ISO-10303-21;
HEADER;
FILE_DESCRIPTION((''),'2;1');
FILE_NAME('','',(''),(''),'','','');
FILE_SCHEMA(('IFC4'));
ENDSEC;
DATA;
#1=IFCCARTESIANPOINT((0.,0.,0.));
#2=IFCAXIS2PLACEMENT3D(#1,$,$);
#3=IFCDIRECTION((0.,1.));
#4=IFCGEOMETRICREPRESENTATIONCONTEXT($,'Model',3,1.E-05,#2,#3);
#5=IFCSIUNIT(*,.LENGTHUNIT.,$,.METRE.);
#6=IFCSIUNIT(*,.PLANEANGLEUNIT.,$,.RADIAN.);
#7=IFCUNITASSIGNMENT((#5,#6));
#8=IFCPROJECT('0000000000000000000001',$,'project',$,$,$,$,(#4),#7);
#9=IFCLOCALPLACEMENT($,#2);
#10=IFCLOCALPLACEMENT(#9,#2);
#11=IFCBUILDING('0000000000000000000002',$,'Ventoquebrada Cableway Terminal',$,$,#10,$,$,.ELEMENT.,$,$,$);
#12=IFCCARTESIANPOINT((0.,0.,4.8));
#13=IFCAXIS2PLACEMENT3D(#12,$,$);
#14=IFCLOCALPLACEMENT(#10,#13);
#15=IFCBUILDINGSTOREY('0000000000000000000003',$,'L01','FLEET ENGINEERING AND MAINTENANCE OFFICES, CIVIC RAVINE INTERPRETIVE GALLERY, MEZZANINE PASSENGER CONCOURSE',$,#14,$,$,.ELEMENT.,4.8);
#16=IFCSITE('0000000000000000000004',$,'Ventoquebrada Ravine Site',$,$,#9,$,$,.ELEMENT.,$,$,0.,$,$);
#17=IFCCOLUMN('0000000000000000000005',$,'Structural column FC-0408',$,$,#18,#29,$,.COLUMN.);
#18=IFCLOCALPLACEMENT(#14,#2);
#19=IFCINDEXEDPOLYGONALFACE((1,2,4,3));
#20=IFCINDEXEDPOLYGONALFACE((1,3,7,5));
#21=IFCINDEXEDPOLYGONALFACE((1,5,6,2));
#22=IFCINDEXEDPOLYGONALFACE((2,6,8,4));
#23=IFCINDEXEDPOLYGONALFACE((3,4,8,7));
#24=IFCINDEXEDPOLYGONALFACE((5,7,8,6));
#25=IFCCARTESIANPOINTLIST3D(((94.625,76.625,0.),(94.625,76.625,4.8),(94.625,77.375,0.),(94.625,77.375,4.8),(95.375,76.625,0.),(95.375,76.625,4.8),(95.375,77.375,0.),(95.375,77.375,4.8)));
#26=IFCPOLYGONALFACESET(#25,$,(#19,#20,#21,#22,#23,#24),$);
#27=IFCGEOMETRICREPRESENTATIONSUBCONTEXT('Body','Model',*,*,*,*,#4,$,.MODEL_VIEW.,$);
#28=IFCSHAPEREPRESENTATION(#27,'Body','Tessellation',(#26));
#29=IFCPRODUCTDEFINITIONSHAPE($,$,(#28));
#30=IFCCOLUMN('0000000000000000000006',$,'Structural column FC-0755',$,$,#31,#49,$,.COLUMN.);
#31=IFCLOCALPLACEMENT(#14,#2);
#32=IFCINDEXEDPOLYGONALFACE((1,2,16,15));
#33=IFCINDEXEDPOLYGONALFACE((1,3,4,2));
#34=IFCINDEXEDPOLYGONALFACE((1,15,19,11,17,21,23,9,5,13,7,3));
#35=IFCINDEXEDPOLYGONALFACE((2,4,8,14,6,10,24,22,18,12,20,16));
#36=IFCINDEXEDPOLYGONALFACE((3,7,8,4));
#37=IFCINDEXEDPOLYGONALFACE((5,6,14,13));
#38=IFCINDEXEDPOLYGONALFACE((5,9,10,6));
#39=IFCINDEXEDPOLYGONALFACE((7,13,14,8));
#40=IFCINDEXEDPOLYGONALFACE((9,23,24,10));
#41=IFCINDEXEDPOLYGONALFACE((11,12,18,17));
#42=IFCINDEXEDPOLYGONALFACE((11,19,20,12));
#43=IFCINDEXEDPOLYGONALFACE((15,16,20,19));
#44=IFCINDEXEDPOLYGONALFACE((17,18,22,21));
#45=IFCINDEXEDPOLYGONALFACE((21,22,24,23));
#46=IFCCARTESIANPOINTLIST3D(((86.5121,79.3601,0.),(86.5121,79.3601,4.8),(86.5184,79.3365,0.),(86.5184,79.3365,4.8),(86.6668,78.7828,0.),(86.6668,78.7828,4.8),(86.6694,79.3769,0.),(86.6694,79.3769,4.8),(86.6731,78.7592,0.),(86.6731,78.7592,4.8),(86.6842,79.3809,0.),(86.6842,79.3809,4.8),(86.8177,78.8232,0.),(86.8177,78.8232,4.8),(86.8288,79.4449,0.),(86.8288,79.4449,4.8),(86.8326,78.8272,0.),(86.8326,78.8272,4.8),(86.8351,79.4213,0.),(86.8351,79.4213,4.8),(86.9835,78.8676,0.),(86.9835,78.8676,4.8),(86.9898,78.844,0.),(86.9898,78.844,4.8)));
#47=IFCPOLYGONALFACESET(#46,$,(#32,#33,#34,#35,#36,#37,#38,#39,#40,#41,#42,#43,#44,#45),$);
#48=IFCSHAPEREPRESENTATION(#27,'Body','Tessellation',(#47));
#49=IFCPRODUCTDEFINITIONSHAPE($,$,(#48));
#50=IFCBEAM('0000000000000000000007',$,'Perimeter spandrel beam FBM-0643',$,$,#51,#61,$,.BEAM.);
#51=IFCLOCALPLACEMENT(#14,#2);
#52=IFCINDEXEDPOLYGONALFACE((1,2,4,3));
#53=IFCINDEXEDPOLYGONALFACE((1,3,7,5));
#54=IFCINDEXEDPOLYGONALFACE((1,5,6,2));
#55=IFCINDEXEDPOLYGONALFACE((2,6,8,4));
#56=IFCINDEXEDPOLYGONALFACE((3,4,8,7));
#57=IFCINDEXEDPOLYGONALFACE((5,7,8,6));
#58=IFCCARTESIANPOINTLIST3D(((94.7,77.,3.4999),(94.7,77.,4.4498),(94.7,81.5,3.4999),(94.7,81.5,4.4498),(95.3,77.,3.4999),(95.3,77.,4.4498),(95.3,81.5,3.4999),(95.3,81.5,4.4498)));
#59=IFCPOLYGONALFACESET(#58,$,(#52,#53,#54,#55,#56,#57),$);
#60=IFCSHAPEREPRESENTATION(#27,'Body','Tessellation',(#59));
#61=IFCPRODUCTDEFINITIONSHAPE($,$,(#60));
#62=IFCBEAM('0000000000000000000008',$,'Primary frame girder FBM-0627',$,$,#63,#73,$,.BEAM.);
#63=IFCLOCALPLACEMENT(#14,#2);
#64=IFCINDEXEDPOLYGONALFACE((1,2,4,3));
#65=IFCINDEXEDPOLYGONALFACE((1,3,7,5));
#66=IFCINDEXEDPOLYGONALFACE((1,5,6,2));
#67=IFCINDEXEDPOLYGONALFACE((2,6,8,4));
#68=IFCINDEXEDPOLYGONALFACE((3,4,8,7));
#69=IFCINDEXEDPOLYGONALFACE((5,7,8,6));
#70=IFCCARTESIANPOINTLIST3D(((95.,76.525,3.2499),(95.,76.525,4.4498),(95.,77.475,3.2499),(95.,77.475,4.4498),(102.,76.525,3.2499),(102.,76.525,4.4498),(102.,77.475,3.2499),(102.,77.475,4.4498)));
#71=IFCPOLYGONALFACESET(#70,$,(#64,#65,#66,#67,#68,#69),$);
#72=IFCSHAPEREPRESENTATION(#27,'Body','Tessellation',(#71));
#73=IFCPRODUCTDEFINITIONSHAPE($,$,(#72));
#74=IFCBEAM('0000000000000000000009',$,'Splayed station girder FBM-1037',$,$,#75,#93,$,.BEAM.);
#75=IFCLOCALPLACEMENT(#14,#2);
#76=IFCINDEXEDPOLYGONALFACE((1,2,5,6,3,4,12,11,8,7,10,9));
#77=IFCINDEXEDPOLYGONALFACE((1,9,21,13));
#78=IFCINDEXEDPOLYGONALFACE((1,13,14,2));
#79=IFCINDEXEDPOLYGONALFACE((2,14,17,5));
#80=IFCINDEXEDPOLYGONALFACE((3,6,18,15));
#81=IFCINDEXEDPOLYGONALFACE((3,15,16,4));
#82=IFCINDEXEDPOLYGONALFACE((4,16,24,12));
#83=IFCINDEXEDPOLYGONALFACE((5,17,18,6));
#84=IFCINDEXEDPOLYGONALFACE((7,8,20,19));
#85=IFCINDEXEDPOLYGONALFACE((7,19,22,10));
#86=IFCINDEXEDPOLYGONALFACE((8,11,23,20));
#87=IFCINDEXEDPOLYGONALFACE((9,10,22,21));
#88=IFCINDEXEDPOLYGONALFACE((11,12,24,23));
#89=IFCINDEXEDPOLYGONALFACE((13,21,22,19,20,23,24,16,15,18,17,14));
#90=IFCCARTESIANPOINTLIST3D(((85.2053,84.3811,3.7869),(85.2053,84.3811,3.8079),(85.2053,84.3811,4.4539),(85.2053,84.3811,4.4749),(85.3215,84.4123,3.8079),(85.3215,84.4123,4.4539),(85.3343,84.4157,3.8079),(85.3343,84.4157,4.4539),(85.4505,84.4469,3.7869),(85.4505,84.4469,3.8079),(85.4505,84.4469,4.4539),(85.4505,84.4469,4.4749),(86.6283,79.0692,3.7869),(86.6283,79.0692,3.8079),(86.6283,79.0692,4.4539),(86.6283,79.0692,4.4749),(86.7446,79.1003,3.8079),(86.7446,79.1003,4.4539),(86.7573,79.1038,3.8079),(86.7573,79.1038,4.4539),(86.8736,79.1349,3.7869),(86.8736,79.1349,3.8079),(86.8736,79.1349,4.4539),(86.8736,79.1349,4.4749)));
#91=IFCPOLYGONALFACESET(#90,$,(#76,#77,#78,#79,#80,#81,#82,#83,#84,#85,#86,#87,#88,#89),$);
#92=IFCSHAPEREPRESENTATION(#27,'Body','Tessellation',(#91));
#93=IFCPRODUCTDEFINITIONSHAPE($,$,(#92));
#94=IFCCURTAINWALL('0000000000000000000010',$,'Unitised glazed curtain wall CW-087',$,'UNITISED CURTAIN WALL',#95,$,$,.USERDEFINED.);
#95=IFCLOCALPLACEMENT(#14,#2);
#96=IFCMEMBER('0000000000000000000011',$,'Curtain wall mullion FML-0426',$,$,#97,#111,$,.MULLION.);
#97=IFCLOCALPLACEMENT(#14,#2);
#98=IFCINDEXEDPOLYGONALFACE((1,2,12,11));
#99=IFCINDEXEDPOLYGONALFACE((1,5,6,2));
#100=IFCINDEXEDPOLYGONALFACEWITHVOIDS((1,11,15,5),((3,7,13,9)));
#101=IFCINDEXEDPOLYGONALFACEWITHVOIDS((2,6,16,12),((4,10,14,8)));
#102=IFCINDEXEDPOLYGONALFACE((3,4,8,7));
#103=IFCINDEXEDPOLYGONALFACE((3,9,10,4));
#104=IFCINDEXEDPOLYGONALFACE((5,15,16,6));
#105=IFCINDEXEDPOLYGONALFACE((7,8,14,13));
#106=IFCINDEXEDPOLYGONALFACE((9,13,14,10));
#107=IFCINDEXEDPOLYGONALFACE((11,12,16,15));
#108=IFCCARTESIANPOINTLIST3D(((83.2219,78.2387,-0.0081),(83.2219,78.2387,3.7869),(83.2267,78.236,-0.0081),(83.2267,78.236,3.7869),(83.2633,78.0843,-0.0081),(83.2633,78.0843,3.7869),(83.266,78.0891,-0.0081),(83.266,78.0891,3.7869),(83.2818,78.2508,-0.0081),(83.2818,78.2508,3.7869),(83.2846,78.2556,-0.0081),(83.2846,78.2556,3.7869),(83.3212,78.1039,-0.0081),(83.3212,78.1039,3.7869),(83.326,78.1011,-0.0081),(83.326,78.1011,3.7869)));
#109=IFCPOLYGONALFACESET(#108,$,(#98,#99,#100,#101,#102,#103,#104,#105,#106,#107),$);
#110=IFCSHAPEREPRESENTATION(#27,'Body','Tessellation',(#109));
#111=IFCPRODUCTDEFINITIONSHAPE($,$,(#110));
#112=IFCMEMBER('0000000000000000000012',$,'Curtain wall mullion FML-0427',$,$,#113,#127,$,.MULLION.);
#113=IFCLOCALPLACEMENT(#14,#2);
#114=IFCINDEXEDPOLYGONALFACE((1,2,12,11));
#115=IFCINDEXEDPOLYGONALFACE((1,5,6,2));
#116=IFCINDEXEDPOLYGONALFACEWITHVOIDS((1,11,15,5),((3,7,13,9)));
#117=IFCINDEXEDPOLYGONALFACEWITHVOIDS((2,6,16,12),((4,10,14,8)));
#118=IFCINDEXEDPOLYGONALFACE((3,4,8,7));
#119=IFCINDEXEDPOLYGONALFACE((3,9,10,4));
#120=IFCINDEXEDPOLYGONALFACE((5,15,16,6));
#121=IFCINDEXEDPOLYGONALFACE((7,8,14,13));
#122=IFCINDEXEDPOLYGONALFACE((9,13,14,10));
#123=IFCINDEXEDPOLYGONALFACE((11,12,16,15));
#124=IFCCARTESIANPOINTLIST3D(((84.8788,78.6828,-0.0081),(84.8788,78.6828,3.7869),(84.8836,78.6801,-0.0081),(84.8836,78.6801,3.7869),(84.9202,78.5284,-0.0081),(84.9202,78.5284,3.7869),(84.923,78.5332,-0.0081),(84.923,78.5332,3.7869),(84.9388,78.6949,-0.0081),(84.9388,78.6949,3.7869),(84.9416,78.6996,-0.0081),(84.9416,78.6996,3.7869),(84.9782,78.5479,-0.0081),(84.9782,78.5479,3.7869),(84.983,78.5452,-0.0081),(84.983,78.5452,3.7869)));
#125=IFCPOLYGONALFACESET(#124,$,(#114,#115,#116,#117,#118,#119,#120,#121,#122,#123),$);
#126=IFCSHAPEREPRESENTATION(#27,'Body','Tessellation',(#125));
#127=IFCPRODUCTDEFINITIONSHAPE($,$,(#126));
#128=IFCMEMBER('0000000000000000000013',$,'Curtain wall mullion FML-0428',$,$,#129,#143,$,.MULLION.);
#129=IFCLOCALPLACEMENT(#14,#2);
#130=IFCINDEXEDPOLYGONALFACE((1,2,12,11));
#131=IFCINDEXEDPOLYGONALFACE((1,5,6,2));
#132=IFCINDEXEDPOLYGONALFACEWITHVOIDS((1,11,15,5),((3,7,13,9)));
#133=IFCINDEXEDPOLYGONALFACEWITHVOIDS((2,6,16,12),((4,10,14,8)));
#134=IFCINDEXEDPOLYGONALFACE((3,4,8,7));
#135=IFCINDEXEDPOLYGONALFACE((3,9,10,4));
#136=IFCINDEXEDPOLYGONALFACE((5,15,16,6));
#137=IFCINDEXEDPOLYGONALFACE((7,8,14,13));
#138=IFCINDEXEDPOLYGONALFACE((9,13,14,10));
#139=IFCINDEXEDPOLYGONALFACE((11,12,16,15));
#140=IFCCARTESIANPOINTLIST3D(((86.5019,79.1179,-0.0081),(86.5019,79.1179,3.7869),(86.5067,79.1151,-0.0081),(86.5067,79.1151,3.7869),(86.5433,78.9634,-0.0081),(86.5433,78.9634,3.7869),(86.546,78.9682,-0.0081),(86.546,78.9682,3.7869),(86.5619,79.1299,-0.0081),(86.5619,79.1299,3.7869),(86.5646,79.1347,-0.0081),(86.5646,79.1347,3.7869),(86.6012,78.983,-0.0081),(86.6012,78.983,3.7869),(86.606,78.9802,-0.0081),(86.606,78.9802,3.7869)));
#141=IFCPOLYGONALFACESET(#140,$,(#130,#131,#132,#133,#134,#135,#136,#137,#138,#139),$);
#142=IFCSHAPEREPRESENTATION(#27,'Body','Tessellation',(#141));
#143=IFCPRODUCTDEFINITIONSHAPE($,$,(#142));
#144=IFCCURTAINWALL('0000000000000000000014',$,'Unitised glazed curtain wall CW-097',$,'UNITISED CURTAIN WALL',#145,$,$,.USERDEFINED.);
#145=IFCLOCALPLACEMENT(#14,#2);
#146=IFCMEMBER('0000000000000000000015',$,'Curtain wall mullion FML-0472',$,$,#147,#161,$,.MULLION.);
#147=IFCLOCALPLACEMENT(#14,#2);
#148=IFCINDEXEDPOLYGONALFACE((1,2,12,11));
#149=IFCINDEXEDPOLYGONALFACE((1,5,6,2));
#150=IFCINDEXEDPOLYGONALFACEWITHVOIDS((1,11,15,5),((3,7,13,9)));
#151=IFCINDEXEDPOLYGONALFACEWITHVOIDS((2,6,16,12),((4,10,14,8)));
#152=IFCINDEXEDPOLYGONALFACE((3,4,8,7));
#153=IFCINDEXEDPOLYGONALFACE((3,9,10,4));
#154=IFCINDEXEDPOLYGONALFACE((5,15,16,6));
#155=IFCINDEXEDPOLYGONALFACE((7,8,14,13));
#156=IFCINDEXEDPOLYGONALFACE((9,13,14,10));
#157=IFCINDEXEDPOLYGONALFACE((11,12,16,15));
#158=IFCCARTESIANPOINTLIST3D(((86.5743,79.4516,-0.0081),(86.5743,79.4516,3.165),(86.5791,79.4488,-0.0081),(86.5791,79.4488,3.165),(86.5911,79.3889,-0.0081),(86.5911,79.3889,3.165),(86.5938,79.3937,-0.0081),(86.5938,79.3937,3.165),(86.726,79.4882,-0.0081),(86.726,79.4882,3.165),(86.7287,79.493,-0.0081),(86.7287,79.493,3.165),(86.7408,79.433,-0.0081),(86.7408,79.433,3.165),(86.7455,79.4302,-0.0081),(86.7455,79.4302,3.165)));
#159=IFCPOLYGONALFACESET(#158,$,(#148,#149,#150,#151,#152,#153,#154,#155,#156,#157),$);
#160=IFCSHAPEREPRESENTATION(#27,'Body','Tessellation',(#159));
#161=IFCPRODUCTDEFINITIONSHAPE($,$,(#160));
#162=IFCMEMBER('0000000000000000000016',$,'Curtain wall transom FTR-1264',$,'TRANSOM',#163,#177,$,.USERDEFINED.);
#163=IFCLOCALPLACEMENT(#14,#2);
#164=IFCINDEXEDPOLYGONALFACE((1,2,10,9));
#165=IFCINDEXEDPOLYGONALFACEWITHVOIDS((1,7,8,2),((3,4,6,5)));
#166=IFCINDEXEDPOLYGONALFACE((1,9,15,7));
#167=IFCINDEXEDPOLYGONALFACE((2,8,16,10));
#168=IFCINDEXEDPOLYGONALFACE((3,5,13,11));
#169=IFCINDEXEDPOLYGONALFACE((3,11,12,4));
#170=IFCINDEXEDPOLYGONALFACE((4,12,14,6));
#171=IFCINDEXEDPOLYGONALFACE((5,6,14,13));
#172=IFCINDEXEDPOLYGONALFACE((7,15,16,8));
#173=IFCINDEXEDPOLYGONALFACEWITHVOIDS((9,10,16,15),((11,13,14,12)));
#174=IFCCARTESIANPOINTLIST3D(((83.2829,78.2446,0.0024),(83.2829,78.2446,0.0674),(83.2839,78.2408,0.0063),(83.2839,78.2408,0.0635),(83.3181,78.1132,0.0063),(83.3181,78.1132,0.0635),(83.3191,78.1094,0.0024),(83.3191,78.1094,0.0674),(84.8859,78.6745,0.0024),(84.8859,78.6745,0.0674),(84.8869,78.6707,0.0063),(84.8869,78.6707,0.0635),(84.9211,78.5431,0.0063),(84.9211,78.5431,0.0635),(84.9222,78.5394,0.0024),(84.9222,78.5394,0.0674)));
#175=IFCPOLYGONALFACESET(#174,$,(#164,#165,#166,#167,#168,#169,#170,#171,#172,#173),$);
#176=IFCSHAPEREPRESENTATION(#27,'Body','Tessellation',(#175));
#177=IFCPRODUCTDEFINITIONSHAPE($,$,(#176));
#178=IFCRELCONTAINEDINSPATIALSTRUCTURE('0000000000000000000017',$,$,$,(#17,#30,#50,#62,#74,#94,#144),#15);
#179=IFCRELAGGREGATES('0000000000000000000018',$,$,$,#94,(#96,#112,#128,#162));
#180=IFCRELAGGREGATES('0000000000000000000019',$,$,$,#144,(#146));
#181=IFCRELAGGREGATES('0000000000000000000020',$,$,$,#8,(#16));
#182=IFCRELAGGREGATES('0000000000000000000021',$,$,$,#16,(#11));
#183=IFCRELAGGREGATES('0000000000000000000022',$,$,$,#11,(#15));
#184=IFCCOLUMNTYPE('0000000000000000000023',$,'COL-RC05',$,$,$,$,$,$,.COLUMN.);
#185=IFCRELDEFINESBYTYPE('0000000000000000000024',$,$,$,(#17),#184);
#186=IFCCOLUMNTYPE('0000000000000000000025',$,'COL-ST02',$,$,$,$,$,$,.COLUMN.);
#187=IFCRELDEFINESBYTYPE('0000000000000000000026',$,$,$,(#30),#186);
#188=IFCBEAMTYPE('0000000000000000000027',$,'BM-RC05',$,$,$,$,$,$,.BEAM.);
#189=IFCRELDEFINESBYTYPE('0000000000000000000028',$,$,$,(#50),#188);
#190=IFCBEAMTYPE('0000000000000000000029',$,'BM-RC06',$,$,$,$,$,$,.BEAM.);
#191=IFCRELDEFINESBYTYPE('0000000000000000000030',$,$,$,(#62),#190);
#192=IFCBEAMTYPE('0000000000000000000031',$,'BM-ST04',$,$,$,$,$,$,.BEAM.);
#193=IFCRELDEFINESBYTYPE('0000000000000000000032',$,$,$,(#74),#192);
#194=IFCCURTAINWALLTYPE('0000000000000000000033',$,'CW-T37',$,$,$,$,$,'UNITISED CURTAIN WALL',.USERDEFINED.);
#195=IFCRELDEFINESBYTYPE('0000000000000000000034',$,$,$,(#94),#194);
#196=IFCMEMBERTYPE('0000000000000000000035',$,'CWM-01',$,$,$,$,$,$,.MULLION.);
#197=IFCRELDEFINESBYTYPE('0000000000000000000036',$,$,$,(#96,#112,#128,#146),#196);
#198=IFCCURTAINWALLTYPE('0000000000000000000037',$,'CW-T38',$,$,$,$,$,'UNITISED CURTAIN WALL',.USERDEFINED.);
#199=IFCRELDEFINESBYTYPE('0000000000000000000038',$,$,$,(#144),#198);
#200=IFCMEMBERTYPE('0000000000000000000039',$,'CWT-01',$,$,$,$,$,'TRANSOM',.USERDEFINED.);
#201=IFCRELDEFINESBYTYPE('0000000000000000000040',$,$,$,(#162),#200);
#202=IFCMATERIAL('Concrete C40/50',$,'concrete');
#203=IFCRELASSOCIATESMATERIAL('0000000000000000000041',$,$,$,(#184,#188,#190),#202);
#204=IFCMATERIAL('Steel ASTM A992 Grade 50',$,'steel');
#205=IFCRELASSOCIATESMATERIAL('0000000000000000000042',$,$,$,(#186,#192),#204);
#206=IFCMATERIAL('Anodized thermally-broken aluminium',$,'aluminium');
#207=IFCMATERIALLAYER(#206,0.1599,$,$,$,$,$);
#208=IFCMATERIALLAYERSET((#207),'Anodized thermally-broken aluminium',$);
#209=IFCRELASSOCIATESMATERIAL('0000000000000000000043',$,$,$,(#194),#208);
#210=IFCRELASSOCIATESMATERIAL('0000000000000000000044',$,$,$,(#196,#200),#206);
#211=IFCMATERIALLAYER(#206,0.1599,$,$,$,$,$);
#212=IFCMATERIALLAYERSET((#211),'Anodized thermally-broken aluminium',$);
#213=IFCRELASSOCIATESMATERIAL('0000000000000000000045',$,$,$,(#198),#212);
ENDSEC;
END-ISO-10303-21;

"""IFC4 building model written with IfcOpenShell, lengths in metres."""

from ifc_helpers import new_model, si_unit, direction, frame, origin, origin_2d, place, context, subcontext, project, spatial, rectangle, hollow_rectangle, i_section, extrude, material, layer, layer_set, material_profile, profile_set, type_object, element, aggregate, save


model = new_model("IFC4")

# Units and contexts
model_context = context("Model", 3, precision=1e-05, world=origin(), true_north=direction((0.0, 1.0)))
body_context = subcontext(model_context, "Body", "Model", "MODEL_VIEW")
ifc_project = project(units=[si_unit("LENGTHUNIT", "METRE"), si_unit("PLANEANGLEUNIT", "RADIAN")], contexts=[model_context])

# Site, building, storey
site_placement = place(None, origin())
site = spatial("IfcSite", under=ifc_project, at=site_placement, Name="Ventoquebrada Ravine Site", CompositionType="ELEMENT", RefElevation=0.0)
building_placement = place(site_placement, origin())
building = spatial("IfcBuilding", under=site, at=building_placement, Name="Ventoquebrada Cableway Terminal", CompositionType="ELEMENT")
storey_placement = place(building_placement, frame((0.0, 0.0, 4.8)))
storey = spatial("IfcBuildingStorey", under=building, at=storey_placement, Name="L01", Description="FLEET ENGINEERING AND MAINTENANCE OFFICES, CIVIC RAVINE INTERPRETIVE GALLERY, MEZZANINE PASSENGER CONCOURSE", CompositionType="ELEMENT", Elevation=4.8)

# Columns
ifc_material_1 = material(Name="Concrete C40/50", Category="concrete")
ifc_material_profile_1 = material_profile(ifc_material_1, rectangle(XDim=0.75, YDim=0.75, at=origin_2d()), Name="RC-COL-750X750")
ifc_profile_set_1 = profile_set([ifc_material_profile_1], Name="Concrete C40/50")
column_type_1 = type_object("IfcColumnType", Name="COL-RC05", PredefinedType="COLUMN", material=ifc_profile_set_1)
column_1_placement = place(storey_placement, frame((95.0, 77.0, 0.0), z_axis=(0.0, 0.0, 1.0), x_axis=(1.0, 0.0, 0.0)))
element("IfcColumn", 1, at=column_1_placement, inside=storey, type_object=column_type_1, Name="Structural column FC-0408", PredefinedType="COLUMN", context=body_context, shape_type="SweptSolid", body=[
    extrude(rectangle(XDim=0.75, YDim=0.75, at=origin_2d()), origin(), (0.0, 0.0, 1.0), 4.8),
])
ifc_material_2 = material(Name="Steel ASTM A992 Grade 50", Category="steel")
ifc_material_profile_2 = material_profile(ifc_material_2, i_section(OverallWidth=0.3279, OverallDepth=0.6221, WebThickness=0.0154, FlangeThickness=0.0244, at=origin_2d()), Name="W24X131")
ifc_profile_set_2 = profile_set([ifc_material_profile_2], Name="Steel ASTM A992 Grade 50")
column_type_2 = type_object("IfcColumnType", Name="COL-ST02", PredefinedType="COLUMN", material=ifc_profile_set_2)
column_2_placement = place(storey_placement, frame((86.751, 79.1021, 0.0), z_axis=(0.0, 0.0, 1.0), x_axis=(0.965926, 0.258819, 0.0)))
element("IfcColumn", 2, at=column_2_placement, inside=storey, type_object=column_type_2, Name="Structural column FC-0755", PredefinedType="COLUMN", context=body_context, shape_type="SweptSolid", body=[
    extrude(i_section(OverallWidth=0.3279, OverallDepth=0.6221, WebThickness=0.0154, FlangeThickness=0.0244, at=origin_2d()), origin(), (0.0, 0.0, 1.0), 4.8),
])

# Beams
ifc_material_profile_3 = material_profile(ifc_material_1, rectangle(XDim=0.6001, YDim=0.95, at=origin_2d()), Name="RC-BM-600X950")
ifc_profile_set_3 = profile_set([ifc_material_profile_3], Name="Concrete C40/50")
beam_type_1 = type_object("IfcBeamType", Name="BM-RC05", PredefinedType="BEAM", material=ifc_profile_set_3)
beam_1_placement = place(storey_placement, frame((95.0, 77.0, 3.9749), z_axis=(0.0, 1.0, 0.0), x_axis=(-1.0, 0.0, 0.0)))
element("IfcBeam", 3, at=beam_1_placement, inside=storey, type_object=beam_type_1, Name="Perimeter spandrel beam FBM-0643", PredefinedType="BEAM", context=body_context, shape_type="SweptSolid", body=[
    extrude(rectangle(XDim=0.6001, YDim=0.95, at=origin_2d()), origin(), (0.0, 0.0, 1.0), 4.5),
])
ifc_material_profile_4 = material_profile(ifc_material_1, rectangle(XDim=0.95, YDim=1.2, at=origin_2d()), Name="RC-BM-950X1200")
ifc_profile_set_4 = profile_set([ifc_material_profile_4], Name="Concrete C40/50")
beam_type_2 = type_object("IfcBeamType", Name="BM-RC06", PredefinedType="BEAM", material=ifc_profile_set_4)
beam_2_placement = place(storey_placement, frame((95.0, 77.0, 3.8499), z_axis=(1.0, 0.0, 0.0), x_axis=(0.0, 1.0, 0.0)))
element("IfcBeam", 4, at=beam_2_placement, inside=storey, type_object=beam_type_2, Name="Primary frame girder FBM-0627", PredefinedType="BEAM", context=body_context, shape_type="SweptSolid", body=[
    extrude(rectangle(XDim=0.95, YDim=1.2, at=origin_2d()), origin(), (0.0, 0.0, 1.0), 7.0),
])
ifc_material_profile_5 = material_profile(ifc_material_2, i_section(OverallWidth=0.2539, OverallDepth=0.688, WebThickness=0.0132, FlangeThickness=0.021, at=origin_2d()), Name="W27X102")
ifc_profile_set_5 = profile_set([ifc_material_profile_5], Name="Steel ASTM A992 Grade 50")
beam_type_3 = type_object("IfcBeamType", Name="BM-ST04", PredefinedType="BEAM", material=ifc_profile_set_5)
beam_3_placement = place(storey_placement, frame((86.751, 79.1021, 4.1309), z_axis=(-0.258776, 0.965937, 0.0), x_axis=(-0.965937, -0.258776, 0.0)))
element("IfcBeam", 5, at=beam_3_placement, inside=storey, type_object=beam_type_3, Name="Splayed station girder FBM-1037", PredefinedType="BEAM", context=body_context, shape_type="SweptSolid", body=[
    extrude(i_section(OverallWidth=0.2539, OverallDepth=0.688, WebThickness=0.0132, FlangeThickness=0.021, at=origin_2d()), origin(), (0.0, 0.0, 1.0), 5.4993),
])

# Curtain wall, members
ifc_material_3 = material(Name="Anodized thermally-broken aluminium", Category="aluminium")
ifc_layer_1 = layer(ifc_material_3, 0.1599)
ifc_layer_set_1 = layer_set([ifc_layer_1], Name="Anodized thermally-broken aluminium")
curtain_wall_type_1 = type_object("IfcCurtainWallType", Name="CW-T37", ElementType="UNITISED CURTAIN WALL", PredefinedType="USERDEFINED", material=ifc_layer_set_1)
curtain_wall_1_placement = place(storey_placement, origin())
curtain_wall_1 = element("IfcCurtainWall", 6, at=curtain_wall_1_placement, inside=storey, type_object=curtain_wall_type_1, Name="Unitised glazed curtain wall CW-087", ObjectType="UNITISED CURTAIN WALL", PredefinedType="USERDEFINED")
ifc_material_profile_6 = material_profile(ifc_material_3, hollow_rectangle(XDim=0.0649, YDim=0.1599, WallThickness=0.0039, at=origin_2d()), Name="CW-MUL-65X160")
ifc_profile_set_6 = profile_set([ifc_material_profile_6], Name="Anodized thermally-broken aluminium")
member_type_1 = type_object("IfcMemberType", Name="CWM-01", PredefinedType="MULLION", material=ifc_profile_set_6)
member_1_placement = place(storey_placement, frame((83.2739, 78.1699, -0.0081), z_axis=(0.0, 0.0, 1.0), x_axis=(0.965926, 0.258819, 0.0)))
member_1 = element("IfcMember", 7, at=member_1_placement, type_object=member_type_1, Name="Curtain wall mullion FML-0426", PredefinedType="MULLION", context=body_context, shape_type="SweptSolid", body=[
    extrude(hollow_rectangle(XDim=0.0649, YDim=0.1599, WallThickness=0.0039, at=origin_2d()), origin(), (0.0, 0.0, 1.0), 3.7949),
])
member_2_placement = place(storey_placement, frame((84.9309, 78.614, -0.0081), z_axis=(0.0, 0.0, 1.0), x_axis=(0.965926, 0.258819, 0.0)))
member_2 = element("IfcMember", 8, at=member_2_placement, type_object=member_type_1, Name="Curtain wall mullion FML-0427", PredefinedType="MULLION", context=body_context, shape_type="SweptSolid", body=[
    extrude(hollow_rectangle(XDim=0.0649, YDim=0.1599, WallThickness=0.0039, at=origin_2d()), origin(), (0.0, 0.0, 1.0), 3.7949),
])
member_3_placement = place(storey_placement, frame((86.554, 79.0491, -0.0081), z_axis=(0.0, 0.0, 1.0), x_axis=(0.965926, 0.258819, 0.0)))
member_3 = element("IfcMember", 9, at=member_3_placement, type_object=member_type_1, Name="Curtain wall mullion FML-0428", PredefinedType="MULLION", context=body_context, shape_type="SweptSolid", body=[
    extrude(hollow_rectangle(XDim=0.0649, YDim=0.1599, WallThickness=0.0039, at=origin_2d()), origin(), (0.0, 0.0, 1.0), 3.7949),
])

# Curtain wall, member
ifc_layer_2 = layer(ifc_material_3, 0.1599)
ifc_layer_set_2 = layer_set([ifc_layer_2], Name="Anodized thermally-broken aluminium")
curtain_wall_type_2 = type_object("IfcCurtainWallType", Name="CW-T38", ElementType="UNITISED CURTAIN WALL", PredefinedType="USERDEFINED", material=ifc_layer_set_2)
curtain_wall_2_placement = place(storey_placement, origin())
curtain_wall_2 = element("IfcCurtainWall", 10, at=curtain_wall_2_placement, inside=storey, type_object=curtain_wall_type_2, Name="Unitised glazed curtain wall CW-097", ObjectType="UNITISED CURTAIN WALL", PredefinedType="USERDEFINED")
member_4_placement = place(storey_placement, frame((86.6599, 79.4409, -0.0081), z_axis=(0.0, 0.0, 1.0), x_axis=(-0.25865, 0.965971, 0.0)))
member_4 = element("IfcMember", 11, at=member_4_placement, type_object=member_type_1, Name="Curtain wall mullion FML-0472", PredefinedType="MULLION", context=body_context, shape_type="SweptSolid", body=[
    extrude(hollow_rectangle(XDim=0.0649, YDim=0.1599, WallThickness=0.0039, at=origin_2d()), origin(), (0.0, 0.0, 1.0), 3.1731),
])

# Member
ifc_material_profile_7 = material_profile(ifc_material_3, hollow_rectangle(XDim=0.0649, YDim=0.1399, WallThickness=0.0039, at=origin_2d()), Name="CW-TRN-65X140")
ifc_profile_set_7 = profile_set([ifc_material_profile_7], Name="Anodized thermally-broken aluminium")
member_type_2 = type_object("IfcMemberType", Name="CWT-01", ElementType="TRANSOM", PredefinedType="USERDEFINED", material=ifc_profile_set_7)
member_5_placement = place(storey_placement, frame((83.301, 78.177, 0.0349), z_axis=(0.965865, 0.259045, 0.0), x_axis=(0.0, 0.0, 1.0)))
member_5 = element("IfcMember", 12, at=member_5_placement, type_object=member_type_2, Name="Curtain wall transom FTR-1264", ObjectType="TRANSOM", PredefinedType="USERDEFINED", context=body_context, shape_type="SweptSolid", body=[
    extrude(hollow_rectangle(XDim=0.0649, YDim=0.1399, WallThickness=0.0039, at=origin_2d()), origin(), (0.0, 0.0, 1.0), 1.6597),
])

aggregate(curtain_wall_1, [member_1, member_2, member_3, member_5])
aggregate(curtain_wall_2, [member_4])

save(model, "model.ifc")
